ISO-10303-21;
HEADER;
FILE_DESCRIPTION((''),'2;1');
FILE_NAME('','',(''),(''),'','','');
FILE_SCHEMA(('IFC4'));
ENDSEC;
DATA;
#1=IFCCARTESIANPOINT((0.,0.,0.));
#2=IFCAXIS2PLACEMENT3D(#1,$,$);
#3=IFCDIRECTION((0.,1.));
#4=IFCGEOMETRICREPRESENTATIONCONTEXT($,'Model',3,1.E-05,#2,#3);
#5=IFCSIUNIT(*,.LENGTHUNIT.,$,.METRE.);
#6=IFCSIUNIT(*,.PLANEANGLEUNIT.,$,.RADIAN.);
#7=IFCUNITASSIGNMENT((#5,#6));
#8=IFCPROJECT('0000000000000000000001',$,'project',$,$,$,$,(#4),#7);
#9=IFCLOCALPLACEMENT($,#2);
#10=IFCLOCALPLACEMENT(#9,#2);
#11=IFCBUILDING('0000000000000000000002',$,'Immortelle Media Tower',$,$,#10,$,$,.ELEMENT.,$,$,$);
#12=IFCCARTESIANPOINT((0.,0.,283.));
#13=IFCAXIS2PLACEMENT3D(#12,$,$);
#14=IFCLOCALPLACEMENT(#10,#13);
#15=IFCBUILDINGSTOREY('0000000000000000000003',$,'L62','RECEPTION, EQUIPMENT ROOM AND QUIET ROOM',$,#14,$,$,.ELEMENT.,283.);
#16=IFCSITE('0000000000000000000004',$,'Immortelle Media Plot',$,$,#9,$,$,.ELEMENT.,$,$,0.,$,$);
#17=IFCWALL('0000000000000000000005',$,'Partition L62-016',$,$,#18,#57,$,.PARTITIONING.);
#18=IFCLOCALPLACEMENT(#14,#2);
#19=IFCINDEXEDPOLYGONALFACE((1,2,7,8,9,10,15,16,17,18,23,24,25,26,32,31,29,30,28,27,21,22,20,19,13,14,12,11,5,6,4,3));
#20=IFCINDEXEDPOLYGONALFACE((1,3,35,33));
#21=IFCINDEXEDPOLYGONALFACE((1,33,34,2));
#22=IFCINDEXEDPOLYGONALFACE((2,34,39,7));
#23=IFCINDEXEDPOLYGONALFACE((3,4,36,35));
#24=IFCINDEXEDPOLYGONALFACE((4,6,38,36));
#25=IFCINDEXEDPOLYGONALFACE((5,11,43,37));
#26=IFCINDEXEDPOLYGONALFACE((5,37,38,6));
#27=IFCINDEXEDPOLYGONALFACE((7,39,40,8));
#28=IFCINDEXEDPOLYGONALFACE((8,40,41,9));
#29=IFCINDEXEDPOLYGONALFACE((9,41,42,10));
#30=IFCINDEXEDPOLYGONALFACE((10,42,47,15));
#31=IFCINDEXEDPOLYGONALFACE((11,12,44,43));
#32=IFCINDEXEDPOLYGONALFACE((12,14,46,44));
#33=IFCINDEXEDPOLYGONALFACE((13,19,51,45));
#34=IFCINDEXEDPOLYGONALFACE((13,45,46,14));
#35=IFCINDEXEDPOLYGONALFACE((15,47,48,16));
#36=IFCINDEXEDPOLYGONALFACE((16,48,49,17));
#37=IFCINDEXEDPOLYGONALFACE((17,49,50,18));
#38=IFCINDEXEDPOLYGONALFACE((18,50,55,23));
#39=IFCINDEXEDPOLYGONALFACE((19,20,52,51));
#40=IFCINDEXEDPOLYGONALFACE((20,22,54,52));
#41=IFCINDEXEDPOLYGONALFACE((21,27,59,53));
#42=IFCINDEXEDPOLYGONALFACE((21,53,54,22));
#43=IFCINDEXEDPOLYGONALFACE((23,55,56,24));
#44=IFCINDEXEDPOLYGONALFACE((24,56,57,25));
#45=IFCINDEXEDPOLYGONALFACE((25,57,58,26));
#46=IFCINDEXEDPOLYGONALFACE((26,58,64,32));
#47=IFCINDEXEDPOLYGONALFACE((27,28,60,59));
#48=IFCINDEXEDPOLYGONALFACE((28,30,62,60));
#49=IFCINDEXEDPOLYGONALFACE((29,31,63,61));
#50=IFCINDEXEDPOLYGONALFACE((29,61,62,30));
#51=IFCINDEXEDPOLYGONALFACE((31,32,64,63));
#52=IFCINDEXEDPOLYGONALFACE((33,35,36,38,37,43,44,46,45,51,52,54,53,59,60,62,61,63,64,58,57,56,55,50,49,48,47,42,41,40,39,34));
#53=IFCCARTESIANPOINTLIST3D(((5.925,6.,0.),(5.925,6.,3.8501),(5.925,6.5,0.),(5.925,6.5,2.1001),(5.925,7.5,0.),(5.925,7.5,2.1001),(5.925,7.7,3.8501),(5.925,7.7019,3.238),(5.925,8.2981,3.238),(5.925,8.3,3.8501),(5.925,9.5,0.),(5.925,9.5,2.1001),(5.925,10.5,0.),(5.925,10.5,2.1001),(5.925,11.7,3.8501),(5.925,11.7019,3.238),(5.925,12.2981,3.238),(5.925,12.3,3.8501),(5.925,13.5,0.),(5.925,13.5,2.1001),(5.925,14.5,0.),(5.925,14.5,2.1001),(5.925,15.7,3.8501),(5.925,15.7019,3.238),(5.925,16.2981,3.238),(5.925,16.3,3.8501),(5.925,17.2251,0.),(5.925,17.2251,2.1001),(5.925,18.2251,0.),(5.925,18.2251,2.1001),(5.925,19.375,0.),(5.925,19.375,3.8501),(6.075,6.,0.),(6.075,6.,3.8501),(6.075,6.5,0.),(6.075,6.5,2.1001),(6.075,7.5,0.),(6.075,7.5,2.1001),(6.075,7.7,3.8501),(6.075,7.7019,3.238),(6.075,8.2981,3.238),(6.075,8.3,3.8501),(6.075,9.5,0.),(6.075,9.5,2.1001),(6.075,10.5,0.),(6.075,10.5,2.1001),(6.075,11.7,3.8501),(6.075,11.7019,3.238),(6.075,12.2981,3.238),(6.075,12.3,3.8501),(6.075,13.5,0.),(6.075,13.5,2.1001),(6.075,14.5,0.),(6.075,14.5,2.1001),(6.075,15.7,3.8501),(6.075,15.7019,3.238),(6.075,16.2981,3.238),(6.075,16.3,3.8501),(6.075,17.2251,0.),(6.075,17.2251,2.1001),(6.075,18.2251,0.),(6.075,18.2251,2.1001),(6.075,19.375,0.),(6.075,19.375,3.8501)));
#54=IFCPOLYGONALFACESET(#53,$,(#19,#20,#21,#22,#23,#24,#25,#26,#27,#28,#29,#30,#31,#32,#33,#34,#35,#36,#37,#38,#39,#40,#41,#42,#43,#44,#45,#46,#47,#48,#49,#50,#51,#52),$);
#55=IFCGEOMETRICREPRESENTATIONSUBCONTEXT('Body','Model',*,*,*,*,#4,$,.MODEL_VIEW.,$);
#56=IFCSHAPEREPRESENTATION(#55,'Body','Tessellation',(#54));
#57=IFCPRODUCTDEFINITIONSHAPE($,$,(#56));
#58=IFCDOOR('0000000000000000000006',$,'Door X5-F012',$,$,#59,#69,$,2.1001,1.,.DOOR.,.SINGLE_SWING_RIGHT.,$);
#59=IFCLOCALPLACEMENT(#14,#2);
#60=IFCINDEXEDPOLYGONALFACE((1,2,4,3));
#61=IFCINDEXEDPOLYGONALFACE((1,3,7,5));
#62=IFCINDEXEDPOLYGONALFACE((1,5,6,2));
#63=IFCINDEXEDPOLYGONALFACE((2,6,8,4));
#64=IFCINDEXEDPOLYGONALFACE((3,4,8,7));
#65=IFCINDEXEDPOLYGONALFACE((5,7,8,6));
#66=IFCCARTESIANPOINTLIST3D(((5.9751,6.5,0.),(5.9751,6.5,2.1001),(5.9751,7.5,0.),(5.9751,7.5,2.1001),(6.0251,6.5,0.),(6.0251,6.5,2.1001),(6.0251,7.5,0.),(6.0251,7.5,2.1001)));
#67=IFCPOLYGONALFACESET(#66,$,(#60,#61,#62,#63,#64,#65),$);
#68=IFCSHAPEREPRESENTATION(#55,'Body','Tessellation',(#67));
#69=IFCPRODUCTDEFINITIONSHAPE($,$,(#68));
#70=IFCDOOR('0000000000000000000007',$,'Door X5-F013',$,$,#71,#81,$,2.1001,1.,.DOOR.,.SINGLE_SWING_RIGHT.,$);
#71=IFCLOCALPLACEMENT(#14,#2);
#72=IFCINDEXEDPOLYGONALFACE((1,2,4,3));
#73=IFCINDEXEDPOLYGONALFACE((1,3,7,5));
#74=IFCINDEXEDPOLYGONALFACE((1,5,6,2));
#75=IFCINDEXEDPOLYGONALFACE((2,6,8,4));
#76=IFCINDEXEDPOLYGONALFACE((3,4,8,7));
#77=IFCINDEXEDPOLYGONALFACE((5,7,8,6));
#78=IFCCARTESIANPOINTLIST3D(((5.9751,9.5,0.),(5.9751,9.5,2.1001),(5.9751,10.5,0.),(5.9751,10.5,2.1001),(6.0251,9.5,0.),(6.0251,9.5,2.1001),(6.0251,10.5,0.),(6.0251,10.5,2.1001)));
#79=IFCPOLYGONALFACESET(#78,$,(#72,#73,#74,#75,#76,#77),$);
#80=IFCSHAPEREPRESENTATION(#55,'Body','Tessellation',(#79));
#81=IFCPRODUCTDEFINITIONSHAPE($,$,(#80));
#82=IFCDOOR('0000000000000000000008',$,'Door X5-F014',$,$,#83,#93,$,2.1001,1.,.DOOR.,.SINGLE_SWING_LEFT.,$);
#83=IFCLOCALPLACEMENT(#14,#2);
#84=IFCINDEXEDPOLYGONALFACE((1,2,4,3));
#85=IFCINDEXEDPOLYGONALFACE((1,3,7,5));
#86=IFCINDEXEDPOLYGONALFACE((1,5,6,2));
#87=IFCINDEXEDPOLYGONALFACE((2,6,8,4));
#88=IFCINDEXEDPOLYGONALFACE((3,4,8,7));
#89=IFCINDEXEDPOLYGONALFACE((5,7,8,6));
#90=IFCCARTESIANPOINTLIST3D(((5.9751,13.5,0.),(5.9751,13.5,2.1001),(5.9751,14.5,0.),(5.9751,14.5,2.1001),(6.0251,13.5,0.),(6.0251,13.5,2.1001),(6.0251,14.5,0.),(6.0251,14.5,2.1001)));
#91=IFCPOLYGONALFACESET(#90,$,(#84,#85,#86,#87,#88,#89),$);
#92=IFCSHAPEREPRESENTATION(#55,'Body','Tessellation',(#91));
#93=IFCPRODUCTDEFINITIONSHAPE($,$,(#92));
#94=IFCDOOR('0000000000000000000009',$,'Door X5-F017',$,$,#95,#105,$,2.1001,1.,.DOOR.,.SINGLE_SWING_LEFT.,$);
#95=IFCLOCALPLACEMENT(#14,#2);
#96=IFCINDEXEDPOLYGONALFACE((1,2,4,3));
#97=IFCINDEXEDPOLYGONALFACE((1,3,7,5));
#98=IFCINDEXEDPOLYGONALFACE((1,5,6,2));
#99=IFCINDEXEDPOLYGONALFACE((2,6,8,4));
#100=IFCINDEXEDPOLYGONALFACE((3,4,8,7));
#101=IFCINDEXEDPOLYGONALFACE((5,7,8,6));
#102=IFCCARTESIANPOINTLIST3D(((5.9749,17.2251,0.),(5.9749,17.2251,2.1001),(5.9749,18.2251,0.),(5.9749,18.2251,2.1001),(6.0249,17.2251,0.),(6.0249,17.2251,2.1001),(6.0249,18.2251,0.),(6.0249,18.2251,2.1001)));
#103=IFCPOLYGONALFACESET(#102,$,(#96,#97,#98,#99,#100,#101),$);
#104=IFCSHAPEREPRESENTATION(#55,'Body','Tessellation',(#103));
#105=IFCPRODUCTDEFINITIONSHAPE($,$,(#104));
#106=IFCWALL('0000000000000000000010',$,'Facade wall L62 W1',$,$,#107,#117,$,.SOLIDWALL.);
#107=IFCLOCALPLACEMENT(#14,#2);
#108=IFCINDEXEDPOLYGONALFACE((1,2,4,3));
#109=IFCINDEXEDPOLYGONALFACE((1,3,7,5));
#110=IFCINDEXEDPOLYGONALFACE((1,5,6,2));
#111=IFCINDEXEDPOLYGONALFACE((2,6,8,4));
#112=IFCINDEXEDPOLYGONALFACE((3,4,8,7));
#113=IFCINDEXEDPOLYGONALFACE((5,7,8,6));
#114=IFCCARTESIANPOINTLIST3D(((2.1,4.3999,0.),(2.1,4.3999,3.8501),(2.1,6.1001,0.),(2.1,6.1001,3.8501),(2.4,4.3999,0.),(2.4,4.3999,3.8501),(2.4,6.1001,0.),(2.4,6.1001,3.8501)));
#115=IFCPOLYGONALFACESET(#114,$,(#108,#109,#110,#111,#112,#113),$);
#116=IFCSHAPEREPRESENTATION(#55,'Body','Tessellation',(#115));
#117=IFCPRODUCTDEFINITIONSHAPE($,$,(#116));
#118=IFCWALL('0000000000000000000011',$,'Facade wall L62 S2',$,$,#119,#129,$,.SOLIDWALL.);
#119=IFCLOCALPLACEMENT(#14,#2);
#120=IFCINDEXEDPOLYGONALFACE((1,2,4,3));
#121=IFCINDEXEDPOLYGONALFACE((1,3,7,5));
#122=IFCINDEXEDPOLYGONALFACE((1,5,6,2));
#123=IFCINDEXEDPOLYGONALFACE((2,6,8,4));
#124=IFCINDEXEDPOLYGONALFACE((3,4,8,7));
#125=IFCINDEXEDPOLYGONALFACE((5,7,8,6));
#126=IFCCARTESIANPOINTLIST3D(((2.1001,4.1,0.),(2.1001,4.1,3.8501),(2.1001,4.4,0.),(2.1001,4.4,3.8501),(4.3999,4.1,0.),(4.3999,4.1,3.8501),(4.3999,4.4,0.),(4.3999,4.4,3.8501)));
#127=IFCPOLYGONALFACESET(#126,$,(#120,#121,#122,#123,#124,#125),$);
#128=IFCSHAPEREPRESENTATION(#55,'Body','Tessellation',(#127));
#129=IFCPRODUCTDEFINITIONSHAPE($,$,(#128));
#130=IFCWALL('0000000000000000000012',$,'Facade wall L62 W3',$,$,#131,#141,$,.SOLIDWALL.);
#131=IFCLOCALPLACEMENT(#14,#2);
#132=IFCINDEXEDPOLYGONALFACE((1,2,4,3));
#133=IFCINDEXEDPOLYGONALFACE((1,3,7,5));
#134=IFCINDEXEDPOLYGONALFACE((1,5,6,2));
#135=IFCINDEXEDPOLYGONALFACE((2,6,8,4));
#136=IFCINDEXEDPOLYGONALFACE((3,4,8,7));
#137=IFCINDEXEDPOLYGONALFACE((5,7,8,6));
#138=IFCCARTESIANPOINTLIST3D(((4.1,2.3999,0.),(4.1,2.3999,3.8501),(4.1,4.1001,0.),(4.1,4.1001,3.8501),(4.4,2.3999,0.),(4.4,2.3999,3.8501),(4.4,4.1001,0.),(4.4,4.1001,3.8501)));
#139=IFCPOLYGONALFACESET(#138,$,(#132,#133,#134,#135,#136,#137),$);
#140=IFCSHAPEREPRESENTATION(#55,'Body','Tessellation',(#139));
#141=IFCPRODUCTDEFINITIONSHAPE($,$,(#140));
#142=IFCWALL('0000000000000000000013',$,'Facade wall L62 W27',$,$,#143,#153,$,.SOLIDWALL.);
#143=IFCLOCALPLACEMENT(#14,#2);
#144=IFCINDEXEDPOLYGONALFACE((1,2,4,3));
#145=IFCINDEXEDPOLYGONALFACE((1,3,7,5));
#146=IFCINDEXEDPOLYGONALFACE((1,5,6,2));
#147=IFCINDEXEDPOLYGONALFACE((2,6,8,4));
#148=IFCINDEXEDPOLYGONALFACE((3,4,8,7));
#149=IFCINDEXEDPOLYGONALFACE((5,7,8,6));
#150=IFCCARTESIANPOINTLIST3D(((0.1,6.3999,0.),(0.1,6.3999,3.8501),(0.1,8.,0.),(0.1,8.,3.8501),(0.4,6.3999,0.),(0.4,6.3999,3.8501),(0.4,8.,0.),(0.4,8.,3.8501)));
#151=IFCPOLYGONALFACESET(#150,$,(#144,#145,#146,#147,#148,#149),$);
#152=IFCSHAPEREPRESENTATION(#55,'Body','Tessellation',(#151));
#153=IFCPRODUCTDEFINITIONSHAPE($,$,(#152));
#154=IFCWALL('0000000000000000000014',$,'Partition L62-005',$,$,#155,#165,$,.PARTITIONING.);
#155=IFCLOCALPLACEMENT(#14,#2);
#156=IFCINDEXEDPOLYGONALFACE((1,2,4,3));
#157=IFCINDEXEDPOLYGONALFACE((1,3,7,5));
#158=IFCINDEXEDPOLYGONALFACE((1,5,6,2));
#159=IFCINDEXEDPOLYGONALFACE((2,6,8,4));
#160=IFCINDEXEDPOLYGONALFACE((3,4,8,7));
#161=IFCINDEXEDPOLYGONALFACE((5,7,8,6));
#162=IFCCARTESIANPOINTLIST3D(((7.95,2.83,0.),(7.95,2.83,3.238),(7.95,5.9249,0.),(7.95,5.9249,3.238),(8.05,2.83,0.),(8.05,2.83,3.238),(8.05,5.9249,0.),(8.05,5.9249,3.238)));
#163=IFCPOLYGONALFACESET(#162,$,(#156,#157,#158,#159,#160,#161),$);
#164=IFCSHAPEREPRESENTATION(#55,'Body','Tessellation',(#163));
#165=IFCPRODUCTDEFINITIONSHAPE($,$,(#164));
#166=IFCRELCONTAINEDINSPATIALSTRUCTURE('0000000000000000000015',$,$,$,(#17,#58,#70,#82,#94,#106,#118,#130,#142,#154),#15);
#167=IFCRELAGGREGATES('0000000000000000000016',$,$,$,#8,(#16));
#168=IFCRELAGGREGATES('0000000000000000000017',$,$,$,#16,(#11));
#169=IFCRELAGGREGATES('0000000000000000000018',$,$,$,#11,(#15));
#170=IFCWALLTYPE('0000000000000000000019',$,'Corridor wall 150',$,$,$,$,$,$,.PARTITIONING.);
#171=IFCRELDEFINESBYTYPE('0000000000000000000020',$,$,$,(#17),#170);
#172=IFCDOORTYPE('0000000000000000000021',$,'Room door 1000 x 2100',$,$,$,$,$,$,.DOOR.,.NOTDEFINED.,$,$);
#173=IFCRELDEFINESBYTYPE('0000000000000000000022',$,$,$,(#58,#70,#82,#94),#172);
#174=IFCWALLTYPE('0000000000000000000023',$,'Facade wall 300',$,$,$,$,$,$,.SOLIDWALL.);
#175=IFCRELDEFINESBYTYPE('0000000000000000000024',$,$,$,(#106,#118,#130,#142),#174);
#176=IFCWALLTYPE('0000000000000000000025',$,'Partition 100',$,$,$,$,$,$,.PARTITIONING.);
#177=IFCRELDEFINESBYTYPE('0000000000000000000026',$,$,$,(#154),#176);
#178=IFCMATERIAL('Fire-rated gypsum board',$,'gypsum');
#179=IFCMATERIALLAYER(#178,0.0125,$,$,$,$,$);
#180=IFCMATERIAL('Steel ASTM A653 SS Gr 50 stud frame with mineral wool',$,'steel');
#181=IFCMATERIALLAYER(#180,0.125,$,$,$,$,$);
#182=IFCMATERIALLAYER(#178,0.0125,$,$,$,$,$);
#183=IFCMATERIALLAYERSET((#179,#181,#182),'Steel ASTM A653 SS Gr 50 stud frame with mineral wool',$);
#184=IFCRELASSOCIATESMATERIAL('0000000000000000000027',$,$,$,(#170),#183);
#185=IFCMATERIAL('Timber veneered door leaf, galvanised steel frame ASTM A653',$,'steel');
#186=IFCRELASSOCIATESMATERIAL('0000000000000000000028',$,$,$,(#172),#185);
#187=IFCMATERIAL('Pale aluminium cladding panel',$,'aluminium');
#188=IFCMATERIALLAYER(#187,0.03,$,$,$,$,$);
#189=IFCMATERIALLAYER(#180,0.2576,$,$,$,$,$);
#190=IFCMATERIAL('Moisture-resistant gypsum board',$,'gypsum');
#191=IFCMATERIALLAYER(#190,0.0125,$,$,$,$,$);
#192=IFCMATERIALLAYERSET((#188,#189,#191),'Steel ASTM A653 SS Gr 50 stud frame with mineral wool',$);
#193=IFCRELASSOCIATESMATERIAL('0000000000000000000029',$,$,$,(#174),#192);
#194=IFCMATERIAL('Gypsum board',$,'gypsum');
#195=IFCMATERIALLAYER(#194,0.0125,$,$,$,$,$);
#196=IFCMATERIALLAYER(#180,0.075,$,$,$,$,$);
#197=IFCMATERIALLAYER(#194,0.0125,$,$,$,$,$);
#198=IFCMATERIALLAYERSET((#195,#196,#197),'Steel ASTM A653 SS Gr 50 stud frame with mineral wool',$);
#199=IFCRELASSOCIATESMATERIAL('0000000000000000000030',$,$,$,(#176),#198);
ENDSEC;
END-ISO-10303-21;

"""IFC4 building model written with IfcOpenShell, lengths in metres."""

from ifc_helpers import new_model, si_unit, direction, frame, frame_2d, origin, place, context, subcontext, project, spatial, polyline, rectangle, outline, extrude, material, layer, layer_set, type_object, element, fill, save


model = new_model("IFC4")

# Units and contexts
model_context = context("Model", 3, precision=1e-05, world=origin(), true_north=direction((0.0, 1.0)))
body_context = subcontext(model_context, "Body", "Model", "MODEL_VIEW")
ifc_project = project(units=[si_unit("LENGTHUNIT", "METRE"), si_unit("PLANEANGLEUNIT", "RADIAN")], contexts=[model_context])

# Site, building, storey
site_placement = place(None, origin())
site = spatial("IfcSite", under=ifc_project, at=site_placement, Name="Immortelle Media Plot", CompositionType="ELEMENT", RefElevation=0.0)
building_placement = place(site_placement, origin())
building = spatial("IfcBuilding", under=site, at=building_placement, Name="Immortelle Media Tower", CompositionType="ELEMENT")
storey_placement = place(building_placement, frame((0.0, 0.0, 283.0)))
storey = spatial("IfcBuildingStorey", under=building, at=storey_placement, Name="L62", Description="RECEPTION, EQUIPMENT ROOM AND QUIET ROOM", CompositionType="ELEMENT", Elevation=283.0)

# Wall, openings, doors
ifc_material_1 = material(Name="Fire-rated gypsum board", Category="gypsum")
ifc_layer_1 = layer(ifc_material_1, 0.0125)
ifc_material_2 = material(Name="Steel ASTM A653 SS Gr 50 stud frame with mineral wool", Category="steel")
ifc_layer_2 = layer(ifc_material_2, 0.125)
ifc_layer_3 = layer(ifc_material_1, 0.0125)
ifc_layer_set_1 = layer_set([ifc_layer_1, ifc_layer_2, ifc_layer_3], Name="Steel ASTM A653 SS Gr 50 stud frame with mineral wool")
wall_type_1 = type_object("IfcWallType", Name="Corridor wall 150", PredefinedType="PARTITIONING", material=ifc_layer_set_1)
ifc_material_3 = material(Name="Timber veneered door leaf, galvanised steel frame ASTM A653", Category="steel")
door_type = type_object("IfcDoorType", Name="Room door 1000 x 2100", OperationType="NOTDEFINED", PredefinedType="DOOR", material=ifc_material_3)
wall_1_placement = place(storey_placement, frame((6.0, 6.0, 0.0), z_axis=(0.0, 0.0, 1.0), x_axis=(0.0, 1.0, 0.0)))
wall_1 = element("IfcWall", 1, at=wall_1_placement, inside=storey, type_object=wall_type_1, Name="Partition L62-016", PredefinedType="PARTITIONING", context=body_context, shape_type="SweptSolid", body=[
    extrude(outline(polyline([(0.0, 0.0), (13.375, 0.0), (13.375, 3.8501), (10.3, 3.8501), (10.2981, 3.238), (9.7019, 3.238), (9.7, 3.8501), (6.3, 3.8501), (6.2981, 3.238), (5.7019, 3.238), (5.7, 3.8501), (2.3, 3.8501), (2.2981, 3.238), (1.7019, 3.238), (1.7, 3.8501), (0.0, 3.8501), (0.0, 0.0)])), frame((0.0, 0.075, 0.0), z_axis=(0.0, -1.0, 0.0), x_axis=(1.0, 0.0, 0.0)), (0.0, 0.0, 1.0), 0.1499),
])
opening_1_placement = place(wall_1_placement, frame((0.5, 0.0, 0.0)))
opening_1 = element("IfcOpeningElement", 2, at=opening_1_placement, cuts=wall_1, PredefinedType="OPENING", context=body_context, shape_type="SweptSolid", body=[
    extrude(rectangle(XDim=1.0, YDim=2.1001, at=frame_2d((0.5, 1.05))), frame((0.0, 0.085, 0.0), z_axis=(0.0, -1.0, 0.0), x_axis=(1.0, 0.0, 0.0)), (0.0, 0.0, 1.0), 0.1699),
])
opening_2_placement = place(wall_1_placement, frame((3.5, 0.0, 0.0)))
opening_2 = element("IfcOpeningElement", 3, at=opening_2_placement, cuts=wall_1, PredefinedType="OPENING", context=body_context, shape_type="SweptSolid", body=[
    extrude(rectangle(XDim=1.0, YDim=2.1001, at=frame_2d((0.5, 1.05))), frame((0.0, 0.085, 0.0), z_axis=(0.0, -1.0, 0.0), x_axis=(1.0, 0.0, 0.0)), (0.0, 0.0, 1.0), 0.1699),
])
opening_3_placement = place(wall_1_placement, frame((7.5, 0.0, 0.0)))
opening_3 = element("IfcOpeningElement", 4, at=opening_3_placement, cuts=wall_1, PredefinedType="OPENING", context=body_context, shape_type="SweptSolid", body=[
    extrude(rectangle(XDim=1.0, YDim=2.1001, at=frame_2d((0.5, 1.05))), frame((0.0, 0.085, 0.0), z_axis=(0.0, -1.0, 0.0), x_axis=(1.0, 0.0, 0.0)), (0.0, 0.0, 1.0), 0.1699),
])
opening_4_placement = place(wall_1_placement, frame((12.2251, 0.0, 0.0), z_axis=(0.0, 0.0, 1.0), x_axis=(-1.0, 0.0, 0.0)))
opening_4 = element("IfcOpeningElement", 5, at=opening_4_placement, cuts=wall_1, PredefinedType="OPENING", context=body_context, shape_type="SweptSolid", body=[
    extrude(rectangle(XDim=1.0, YDim=2.1001, at=frame_2d((0.5, 1.05))), frame((0.0, 0.085, 0.0), z_axis=(0.0, -1.0, 0.0), x_axis=(1.0, 0.0, 0.0)), (0.0, 0.0, 1.0), 0.1699),
])
door_1_placement = place(opening_1_placement, origin())
door_1 = element("IfcDoor", 6, at=door_1_placement, inside=storey, type_object=door_type, Name="Door X5-F012", OperationType="SINGLE_SWING_RIGHT", OverallHeight=2.1001, OverallWidth=1.0, PredefinedType="DOOR", context=body_context, shape_type="SweptSolid", body=[
    extrude(rectangle(XDim=1.0, YDim=2.1001, at=frame_2d((0.5, 1.05))), frame((0.0, 0.0249, 0.0), z_axis=(0.0, -1.0, 0.0), x_axis=(1.0, 0.0, 0.0)), (0.0, 0.0, 1.0), 0.05),
])
fill(opening_1, door_1)
door_2_placement = place(opening_2_placement, origin())
door_2 = element("IfcDoor", 7, at=door_2_placement, inside=storey, type_object=door_type, Name="Door X5-F013", OperationType="SINGLE_SWING_RIGHT", OverallHeight=2.1001, OverallWidth=1.0, PredefinedType="DOOR", context=body_context, shape_type="SweptSolid", body=[
    extrude(rectangle(XDim=1.0, YDim=2.1001, at=frame_2d((0.5, 1.05))), frame((0.0, 0.0249, 0.0), z_axis=(0.0, -1.0, 0.0), x_axis=(1.0, 0.0, 0.0)), (0.0, 0.0, 1.0), 0.05),
])
fill(opening_2, door_2)
door_3_placement = place(opening_3_placement, origin())
door_3 = element("IfcDoor", 8, at=door_3_placement, inside=storey, type_object=door_type, Name="Door X5-F014", OperationType="SINGLE_SWING_LEFT", OverallHeight=2.1001, OverallWidth=1.0, PredefinedType="DOOR", context=body_context, shape_type="SweptSolid", body=[
    extrude(rectangle(XDim=1.0, YDim=2.1001, at=frame_2d((0.5, 1.05))), frame((0.0, 0.0249, 0.0), z_axis=(0.0, -1.0, 0.0), x_axis=(1.0, 0.0, 0.0)), (0.0, 0.0, 1.0), 0.05),
])
fill(opening_3, door_3)
door_4_placement = place(opening_4_placement, origin())
door_4 = element("IfcDoor", 9, at=door_4_placement, inside=storey, type_object=door_type, Name="Door X5-F017", OperationType="SINGLE_SWING_LEFT", OverallHeight=2.1001, OverallWidth=1.0, PredefinedType="DOOR", context=body_context, shape_type="SweptSolid", body=[
    extrude(rectangle(XDim=1.0, YDim=2.1001, at=frame_2d((0.5, 1.05))), frame((0.0, 0.0249, 0.0), z_axis=(0.0, -1.0, 0.0), x_axis=(1.0, 0.0, 0.0)), (0.0, 0.0, 1.0), 0.05),
])
fill(opening_4, door_4)

# Walls
ifc_material_4 = material(Name="Pale aluminium cladding panel", Category="aluminium")
ifc_layer_4 = layer(ifc_material_4, 0.03)
ifc_layer_5 = layer(ifc_material_2, 0.2576)
ifc_material_5 = material(Name="Moisture-resistant gypsum board", Category="gypsum")
ifc_layer_6 = layer(ifc_material_5, 0.0125)
ifc_layer_set_2 = layer_set([ifc_layer_4, ifc_layer_5, ifc_layer_6], Name="Steel ASTM A653 SS Gr 50 stud frame with mineral wool")
wall_type_2 = type_object("IfcWallType", Name="Facade wall 300", PredefinedType="SOLIDWALL", material=ifc_layer_set_2)
wall_2_placement = place(storey_placement, frame((2.25, 6.1001, 0.0), z_axis=(0.0, 0.0, 1.0), x_axis=(0.0, -1.0, 0.0)))
element("IfcWall", 10, at=wall_2_placement, inside=storey, type_object=wall_type_2, Name="Facade wall L62 W1", PredefinedType="SOLIDWALL", context=body_context, shape_type="SweptSolid", body=[
    extrude(rectangle(XDim=1.7002, YDim=0.3, at=frame_2d((0.8501, 0.0))), origin(), (0.0, 0.0, 1.0), 3.8501),
])
wall_3_placement = place(storey_placement, frame((2.1001, 4.25, 0.0), z_axis=(0.0, 0.0, 1.0), x_axis=(1.0, 0.0, 0.0)))
element("IfcWall", 11, at=wall_3_placement, inside=storey, type_object=wall_type_2, Name="Facade wall L62 S2", PredefinedType="SOLIDWALL", context=body_context, shape_type="SweptSolid", body=[
    extrude(rectangle(XDim=2.2998, YDim=0.3, at=frame_2d((1.1499, 0.0))), origin(), (0.0, 0.0, 1.0), 3.8501),
])
wall_4_placement = place(storey_placement, frame((4.25, 4.1001, 0.0), z_axis=(0.0, 0.0, 1.0), x_axis=(0.0, -1.0, 0.0)))
element("IfcWall", 12, at=wall_4_placement, inside=storey, type_object=wall_type_2, Name="Facade wall L62 W3", PredefinedType="SOLIDWALL", context=body_context, shape_type="SweptSolid", body=[
    extrude(rectangle(XDim=1.7002, YDim=0.3, at=frame_2d((0.8501, 0.0))), origin(), (0.0, 0.0, 1.0), 3.8501),
])
wall_5_placement = place(storey_placement, frame((0.25, 8.0, 0.0), z_axis=(0.0, 0.0, 1.0), x_axis=(0.0, -1.0, 0.0)))
element("IfcWall", 13, at=wall_5_placement, inside=storey, type_object=wall_type_2, Name="Facade wall L62 W27", PredefinedType="SOLIDWALL", context=body_context, shape_type="SweptSolid", body=[
    extrude(rectangle(XDim=1.6001, YDim=0.3, at=frame_2d((0.8, 0.0))), origin(), (0.0, 0.0, 1.0), 3.8501),
])
ifc_material_6 = material(Name="Gypsum board", Category="gypsum")
ifc_layer_7 = layer(ifc_material_6, 0.0125)
ifc_layer_8 = layer(ifc_material_2, 0.075)
ifc_layer_9 = layer(ifc_material_6, 0.0125)
ifc_layer_set_3 = layer_set([ifc_layer_7, ifc_layer_8, ifc_layer_9], Name="Steel ASTM A653 SS Gr 50 stud frame with mineral wool")
wall_type_3 = type_object("IfcWallType", Name="Partition 100", PredefinedType="PARTITIONING", material=ifc_layer_set_3)
for number, where, z_axis, x_axis, name in (
    (14, (8.0, 2.8301, 0.0), (0.0, 0.0, 1.0), (0.0, 1.0, 0.0), "Partition L62-005"),
):
    element("IfcWall", number, at=place(storey_placement, frame(where, z_axis=z_axis, x_axis=x_axis)), inside=storey, type_object=wall_type_3, Name=name, PredefinedType="PARTITIONING", context=body_context, shape_type="SweptSolid", body=[
        extrude(rectangle(XDim=3.095, YDim=0.1001, at=frame_2d((1.5474, 0.0))), origin(), (0.0, 0.0, 1.0), 3.238),
    ])

save(model, "model.ifc")
